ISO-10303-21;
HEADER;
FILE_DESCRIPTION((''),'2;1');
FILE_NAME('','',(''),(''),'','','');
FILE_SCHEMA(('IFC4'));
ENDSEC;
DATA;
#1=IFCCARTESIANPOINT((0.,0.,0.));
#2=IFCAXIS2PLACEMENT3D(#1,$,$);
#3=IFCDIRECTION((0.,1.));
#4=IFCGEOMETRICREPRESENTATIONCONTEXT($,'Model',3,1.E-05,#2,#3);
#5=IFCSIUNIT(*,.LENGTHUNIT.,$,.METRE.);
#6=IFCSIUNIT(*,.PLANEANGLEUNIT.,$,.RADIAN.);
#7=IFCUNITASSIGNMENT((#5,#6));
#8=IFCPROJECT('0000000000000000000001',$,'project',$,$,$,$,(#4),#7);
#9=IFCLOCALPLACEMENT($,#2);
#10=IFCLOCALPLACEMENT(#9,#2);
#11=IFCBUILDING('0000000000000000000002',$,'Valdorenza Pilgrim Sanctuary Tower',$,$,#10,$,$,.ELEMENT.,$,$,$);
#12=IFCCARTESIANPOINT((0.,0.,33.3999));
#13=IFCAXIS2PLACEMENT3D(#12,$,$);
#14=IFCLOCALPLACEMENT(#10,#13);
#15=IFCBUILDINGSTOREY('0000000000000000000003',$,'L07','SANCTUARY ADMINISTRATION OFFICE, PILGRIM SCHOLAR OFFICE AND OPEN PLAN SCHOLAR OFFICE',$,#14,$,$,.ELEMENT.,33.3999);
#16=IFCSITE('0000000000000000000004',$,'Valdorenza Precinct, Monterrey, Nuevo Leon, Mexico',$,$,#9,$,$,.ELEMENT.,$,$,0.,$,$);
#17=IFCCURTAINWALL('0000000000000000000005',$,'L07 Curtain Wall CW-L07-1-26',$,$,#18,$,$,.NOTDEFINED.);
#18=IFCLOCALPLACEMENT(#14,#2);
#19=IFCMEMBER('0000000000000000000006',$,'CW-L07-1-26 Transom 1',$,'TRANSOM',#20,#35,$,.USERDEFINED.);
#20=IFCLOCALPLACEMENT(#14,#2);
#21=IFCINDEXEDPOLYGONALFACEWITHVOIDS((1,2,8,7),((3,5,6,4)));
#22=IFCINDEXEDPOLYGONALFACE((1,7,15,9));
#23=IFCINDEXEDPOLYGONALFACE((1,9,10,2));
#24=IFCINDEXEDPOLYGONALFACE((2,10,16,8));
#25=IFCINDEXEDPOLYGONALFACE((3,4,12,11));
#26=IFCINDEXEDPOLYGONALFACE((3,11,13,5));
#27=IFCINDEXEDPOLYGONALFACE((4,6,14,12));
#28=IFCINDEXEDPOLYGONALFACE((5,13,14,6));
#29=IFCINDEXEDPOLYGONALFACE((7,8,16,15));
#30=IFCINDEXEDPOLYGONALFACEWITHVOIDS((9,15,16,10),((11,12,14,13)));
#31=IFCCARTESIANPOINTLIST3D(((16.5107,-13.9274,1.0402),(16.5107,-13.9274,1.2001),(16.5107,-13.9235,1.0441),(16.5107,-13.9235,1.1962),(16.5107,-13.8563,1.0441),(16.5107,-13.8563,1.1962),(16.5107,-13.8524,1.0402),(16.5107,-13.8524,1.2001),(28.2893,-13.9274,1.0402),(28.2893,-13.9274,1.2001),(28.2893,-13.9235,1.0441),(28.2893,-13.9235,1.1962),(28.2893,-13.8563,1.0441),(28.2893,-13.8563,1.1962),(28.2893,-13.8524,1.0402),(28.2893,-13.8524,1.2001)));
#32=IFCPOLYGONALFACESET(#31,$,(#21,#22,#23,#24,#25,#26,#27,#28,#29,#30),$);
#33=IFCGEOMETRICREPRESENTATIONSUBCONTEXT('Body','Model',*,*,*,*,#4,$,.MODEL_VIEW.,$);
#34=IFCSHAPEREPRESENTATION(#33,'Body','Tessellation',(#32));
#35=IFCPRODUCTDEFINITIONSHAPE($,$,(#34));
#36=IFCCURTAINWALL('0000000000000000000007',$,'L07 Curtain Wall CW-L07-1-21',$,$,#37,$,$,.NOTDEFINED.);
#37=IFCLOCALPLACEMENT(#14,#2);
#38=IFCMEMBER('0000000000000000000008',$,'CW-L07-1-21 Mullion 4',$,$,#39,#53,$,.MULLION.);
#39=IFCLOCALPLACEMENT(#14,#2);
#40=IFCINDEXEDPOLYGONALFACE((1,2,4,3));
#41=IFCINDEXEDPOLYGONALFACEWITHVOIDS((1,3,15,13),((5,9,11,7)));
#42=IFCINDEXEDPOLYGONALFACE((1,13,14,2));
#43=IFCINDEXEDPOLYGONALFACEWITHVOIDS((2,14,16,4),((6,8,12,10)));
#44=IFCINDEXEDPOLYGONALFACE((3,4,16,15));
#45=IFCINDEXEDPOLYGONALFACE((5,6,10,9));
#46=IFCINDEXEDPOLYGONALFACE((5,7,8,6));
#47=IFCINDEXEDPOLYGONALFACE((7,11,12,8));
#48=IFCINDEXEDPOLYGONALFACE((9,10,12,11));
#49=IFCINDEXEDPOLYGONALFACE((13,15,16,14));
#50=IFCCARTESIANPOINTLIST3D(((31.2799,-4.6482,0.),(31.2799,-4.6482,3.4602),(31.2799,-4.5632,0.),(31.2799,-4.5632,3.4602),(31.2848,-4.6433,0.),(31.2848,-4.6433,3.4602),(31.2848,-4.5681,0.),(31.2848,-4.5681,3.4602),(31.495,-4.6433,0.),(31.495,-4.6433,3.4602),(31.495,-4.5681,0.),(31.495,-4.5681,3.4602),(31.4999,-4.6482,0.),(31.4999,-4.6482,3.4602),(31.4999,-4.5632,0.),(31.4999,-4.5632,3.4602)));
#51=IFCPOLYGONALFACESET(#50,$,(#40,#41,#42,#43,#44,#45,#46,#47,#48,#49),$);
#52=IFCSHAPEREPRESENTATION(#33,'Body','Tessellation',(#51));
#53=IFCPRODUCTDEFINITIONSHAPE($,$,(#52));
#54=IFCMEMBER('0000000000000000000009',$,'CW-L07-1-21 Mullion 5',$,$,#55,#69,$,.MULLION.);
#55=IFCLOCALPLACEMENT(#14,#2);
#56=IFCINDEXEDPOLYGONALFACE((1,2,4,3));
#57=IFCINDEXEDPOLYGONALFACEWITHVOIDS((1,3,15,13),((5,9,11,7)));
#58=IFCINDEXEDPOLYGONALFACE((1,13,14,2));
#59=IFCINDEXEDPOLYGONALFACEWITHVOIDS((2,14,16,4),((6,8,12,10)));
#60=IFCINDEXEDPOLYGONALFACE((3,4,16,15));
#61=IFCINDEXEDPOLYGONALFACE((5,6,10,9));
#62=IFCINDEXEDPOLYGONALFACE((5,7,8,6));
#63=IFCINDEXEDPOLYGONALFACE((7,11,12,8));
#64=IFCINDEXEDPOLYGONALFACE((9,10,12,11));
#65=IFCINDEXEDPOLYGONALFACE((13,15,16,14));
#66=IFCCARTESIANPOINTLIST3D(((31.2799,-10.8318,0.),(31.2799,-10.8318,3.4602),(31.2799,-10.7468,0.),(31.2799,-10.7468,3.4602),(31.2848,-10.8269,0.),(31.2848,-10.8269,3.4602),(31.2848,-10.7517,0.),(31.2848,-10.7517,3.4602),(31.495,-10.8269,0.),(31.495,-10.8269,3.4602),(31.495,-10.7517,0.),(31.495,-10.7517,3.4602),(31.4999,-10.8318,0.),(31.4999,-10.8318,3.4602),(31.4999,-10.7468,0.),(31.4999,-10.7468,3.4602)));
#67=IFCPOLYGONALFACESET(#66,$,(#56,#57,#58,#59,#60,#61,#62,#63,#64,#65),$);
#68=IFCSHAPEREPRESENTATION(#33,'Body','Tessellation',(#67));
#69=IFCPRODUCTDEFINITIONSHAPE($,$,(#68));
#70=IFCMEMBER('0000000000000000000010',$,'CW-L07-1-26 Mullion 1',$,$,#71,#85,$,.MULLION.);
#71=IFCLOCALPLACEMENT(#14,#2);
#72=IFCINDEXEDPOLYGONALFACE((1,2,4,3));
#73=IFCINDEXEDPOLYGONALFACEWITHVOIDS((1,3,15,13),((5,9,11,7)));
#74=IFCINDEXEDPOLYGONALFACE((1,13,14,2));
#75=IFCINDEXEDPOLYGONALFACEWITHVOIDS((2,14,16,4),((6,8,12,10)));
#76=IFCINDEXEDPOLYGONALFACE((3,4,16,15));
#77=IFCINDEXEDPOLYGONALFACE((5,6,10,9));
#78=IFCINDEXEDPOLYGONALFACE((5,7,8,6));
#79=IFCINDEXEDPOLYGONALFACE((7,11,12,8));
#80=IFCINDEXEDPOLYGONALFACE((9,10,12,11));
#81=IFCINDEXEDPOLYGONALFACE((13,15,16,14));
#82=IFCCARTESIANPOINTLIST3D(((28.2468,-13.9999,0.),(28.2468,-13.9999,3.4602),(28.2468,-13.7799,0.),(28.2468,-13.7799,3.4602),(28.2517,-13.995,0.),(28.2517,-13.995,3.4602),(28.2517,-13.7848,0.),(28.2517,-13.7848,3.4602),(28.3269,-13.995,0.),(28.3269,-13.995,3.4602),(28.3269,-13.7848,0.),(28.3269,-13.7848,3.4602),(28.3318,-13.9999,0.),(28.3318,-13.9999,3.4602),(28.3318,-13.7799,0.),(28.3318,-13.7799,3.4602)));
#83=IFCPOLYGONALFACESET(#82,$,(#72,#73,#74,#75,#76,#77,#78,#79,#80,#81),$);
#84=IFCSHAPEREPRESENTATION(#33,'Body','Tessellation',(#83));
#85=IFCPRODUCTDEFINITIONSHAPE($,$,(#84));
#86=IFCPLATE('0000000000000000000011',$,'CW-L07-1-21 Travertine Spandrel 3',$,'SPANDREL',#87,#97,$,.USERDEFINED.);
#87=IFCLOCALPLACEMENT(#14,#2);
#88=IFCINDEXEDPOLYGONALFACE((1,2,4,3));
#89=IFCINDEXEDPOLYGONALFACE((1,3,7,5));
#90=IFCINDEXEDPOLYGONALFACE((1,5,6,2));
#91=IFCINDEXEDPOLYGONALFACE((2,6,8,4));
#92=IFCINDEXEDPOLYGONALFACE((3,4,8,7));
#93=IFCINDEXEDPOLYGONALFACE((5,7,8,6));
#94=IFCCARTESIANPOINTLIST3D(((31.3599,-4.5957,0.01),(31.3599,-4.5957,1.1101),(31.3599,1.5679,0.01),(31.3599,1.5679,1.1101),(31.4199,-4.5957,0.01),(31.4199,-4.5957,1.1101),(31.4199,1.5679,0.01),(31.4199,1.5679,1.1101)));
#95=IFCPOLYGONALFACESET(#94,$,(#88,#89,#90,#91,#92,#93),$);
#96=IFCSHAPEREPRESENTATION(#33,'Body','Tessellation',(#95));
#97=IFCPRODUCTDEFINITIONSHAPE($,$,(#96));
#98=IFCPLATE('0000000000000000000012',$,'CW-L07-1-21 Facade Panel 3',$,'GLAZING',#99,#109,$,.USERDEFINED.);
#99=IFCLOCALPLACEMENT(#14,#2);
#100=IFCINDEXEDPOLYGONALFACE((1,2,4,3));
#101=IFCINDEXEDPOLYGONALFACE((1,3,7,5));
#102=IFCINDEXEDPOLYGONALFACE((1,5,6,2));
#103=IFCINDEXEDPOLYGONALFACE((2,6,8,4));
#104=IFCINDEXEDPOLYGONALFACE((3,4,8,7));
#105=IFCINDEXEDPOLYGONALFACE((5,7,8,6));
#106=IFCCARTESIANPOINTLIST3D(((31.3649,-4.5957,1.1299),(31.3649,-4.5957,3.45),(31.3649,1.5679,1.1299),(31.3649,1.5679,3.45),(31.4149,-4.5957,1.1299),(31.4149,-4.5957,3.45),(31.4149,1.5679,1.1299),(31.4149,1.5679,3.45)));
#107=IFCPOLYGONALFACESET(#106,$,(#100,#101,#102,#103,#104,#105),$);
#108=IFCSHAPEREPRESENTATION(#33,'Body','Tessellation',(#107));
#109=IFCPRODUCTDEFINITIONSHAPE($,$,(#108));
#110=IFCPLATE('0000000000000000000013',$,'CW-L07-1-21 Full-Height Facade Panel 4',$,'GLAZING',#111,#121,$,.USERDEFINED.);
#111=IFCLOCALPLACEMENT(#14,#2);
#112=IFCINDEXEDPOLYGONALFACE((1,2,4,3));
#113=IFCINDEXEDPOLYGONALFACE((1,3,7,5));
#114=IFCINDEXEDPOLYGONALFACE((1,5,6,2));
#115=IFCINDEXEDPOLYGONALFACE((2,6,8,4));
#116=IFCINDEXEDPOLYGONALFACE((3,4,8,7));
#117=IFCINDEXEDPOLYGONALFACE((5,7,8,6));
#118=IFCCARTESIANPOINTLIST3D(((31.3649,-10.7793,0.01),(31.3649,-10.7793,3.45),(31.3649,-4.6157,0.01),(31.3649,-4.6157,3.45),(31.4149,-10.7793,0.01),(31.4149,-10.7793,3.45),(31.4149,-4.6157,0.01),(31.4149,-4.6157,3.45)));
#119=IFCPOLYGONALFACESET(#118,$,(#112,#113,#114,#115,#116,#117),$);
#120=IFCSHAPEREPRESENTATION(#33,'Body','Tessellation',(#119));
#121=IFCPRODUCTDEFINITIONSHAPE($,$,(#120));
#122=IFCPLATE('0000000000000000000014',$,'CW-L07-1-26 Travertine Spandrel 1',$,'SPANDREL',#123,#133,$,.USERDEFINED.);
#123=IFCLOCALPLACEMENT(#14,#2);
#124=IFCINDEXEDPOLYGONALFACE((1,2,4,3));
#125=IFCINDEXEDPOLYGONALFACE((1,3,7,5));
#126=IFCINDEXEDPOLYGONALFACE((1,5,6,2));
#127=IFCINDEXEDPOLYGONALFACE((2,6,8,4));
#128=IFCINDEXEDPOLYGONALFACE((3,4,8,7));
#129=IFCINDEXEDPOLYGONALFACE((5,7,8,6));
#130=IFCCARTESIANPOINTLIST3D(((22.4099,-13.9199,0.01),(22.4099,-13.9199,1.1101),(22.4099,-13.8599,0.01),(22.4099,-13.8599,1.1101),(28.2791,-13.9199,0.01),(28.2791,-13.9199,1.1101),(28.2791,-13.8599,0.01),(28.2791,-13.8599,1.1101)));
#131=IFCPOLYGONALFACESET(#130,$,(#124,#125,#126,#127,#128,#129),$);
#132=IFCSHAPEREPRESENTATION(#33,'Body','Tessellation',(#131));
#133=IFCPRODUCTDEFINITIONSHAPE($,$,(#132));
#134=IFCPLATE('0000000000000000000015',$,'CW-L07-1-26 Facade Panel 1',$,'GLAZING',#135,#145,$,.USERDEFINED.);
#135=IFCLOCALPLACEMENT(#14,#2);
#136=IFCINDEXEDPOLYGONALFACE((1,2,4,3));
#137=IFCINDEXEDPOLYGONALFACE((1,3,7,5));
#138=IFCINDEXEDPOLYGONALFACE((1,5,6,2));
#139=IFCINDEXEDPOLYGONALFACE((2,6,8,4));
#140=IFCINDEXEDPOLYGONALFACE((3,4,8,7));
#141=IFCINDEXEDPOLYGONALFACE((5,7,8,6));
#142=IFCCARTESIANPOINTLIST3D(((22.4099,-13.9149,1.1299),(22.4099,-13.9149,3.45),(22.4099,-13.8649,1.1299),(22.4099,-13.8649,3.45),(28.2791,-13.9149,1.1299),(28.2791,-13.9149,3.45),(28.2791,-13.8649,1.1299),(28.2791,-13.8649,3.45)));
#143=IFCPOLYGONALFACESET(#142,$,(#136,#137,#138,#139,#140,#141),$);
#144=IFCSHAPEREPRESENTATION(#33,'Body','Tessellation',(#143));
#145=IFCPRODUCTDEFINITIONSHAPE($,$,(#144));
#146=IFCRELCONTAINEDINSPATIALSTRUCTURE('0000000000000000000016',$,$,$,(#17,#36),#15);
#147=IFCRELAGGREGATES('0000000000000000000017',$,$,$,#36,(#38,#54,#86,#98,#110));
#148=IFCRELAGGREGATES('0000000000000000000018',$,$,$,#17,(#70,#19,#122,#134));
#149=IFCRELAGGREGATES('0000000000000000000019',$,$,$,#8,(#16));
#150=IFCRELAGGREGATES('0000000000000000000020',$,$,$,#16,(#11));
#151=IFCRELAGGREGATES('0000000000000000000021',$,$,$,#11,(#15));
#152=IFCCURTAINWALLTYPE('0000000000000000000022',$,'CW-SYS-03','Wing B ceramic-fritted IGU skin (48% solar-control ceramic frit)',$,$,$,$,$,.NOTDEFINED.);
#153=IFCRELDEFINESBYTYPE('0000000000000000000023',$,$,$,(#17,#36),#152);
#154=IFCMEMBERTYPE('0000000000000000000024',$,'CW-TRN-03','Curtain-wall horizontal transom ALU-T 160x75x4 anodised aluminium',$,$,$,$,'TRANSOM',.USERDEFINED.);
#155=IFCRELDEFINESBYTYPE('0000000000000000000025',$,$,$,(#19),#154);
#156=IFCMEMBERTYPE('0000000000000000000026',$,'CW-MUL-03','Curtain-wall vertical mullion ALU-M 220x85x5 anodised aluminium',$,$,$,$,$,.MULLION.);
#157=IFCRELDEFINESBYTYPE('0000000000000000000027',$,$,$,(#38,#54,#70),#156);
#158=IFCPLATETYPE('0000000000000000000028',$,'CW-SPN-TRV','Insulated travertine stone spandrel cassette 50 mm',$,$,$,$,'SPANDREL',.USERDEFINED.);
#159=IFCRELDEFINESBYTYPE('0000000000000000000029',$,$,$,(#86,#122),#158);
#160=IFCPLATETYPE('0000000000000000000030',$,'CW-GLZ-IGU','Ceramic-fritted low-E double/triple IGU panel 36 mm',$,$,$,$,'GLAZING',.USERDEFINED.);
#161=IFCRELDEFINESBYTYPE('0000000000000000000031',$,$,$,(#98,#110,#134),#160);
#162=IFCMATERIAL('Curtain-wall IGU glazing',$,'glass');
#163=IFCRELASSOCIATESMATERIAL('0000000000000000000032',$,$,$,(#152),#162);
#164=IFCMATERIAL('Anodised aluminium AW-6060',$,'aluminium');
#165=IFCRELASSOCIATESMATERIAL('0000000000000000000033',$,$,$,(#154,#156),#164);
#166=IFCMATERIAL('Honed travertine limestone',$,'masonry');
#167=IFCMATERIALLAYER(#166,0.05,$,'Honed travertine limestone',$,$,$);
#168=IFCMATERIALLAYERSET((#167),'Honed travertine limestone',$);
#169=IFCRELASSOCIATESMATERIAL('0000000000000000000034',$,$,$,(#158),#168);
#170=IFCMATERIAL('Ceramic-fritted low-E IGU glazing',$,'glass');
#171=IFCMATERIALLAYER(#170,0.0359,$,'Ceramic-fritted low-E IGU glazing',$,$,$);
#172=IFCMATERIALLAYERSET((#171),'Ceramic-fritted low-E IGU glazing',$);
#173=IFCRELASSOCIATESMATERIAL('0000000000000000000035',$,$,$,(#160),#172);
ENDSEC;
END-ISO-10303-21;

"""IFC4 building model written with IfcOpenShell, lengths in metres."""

from ifc_helpers import new_model, si_unit, direction, frame, origin, origin_2d, place, context, subcontext, project, spatial, rectangle, hollow_rectangle, extrude, source, transform, mapped, material, layer, layer_set, material_profile, profile_set, type_object, element, aggregate, save


model = new_model("IFC4")

# Units and contexts
model_context = context("Model", 3, precision=1e-05, world=origin(), true_north=direction((0.0, 1.0)))
body_context = subcontext(model_context, "Body", "Model", "MODEL_VIEW")
ifc_project = project(units=[si_unit("LENGTHUNIT", "METRE"), si_unit("PLANEANGLEUNIT", "RADIAN")], contexts=[model_context])

# Site, building, storey
site_placement = place(None, origin())
site = spatial("IfcSite", under=ifc_project, at=site_placement, Name="Valdorenza Precinct, Monterrey, Nuevo Leon, Mexico", CompositionType="ELEMENT", RefElevation=0.0)
building_placement = place(site_placement, origin())
building = spatial("IfcBuilding", under=site, at=building_placement, Name="Valdorenza Pilgrim Sanctuary Tower", CompositionType="ELEMENT")
storey_placement = place(building_placement, frame((0.0, 0.0, 33.3999)))
storey = spatial("IfcBuildingStorey", under=building, at=storey_placement, Name="L07", Description="SANCTUARY ADMINISTRATION OFFICE, PILGRIM SCHOLAR OFFICE AND OPEN PLAN SCHOLAR OFFICE", CompositionType="ELEMENT", Elevation=33.3999)

# Curtain wall, member
ifc_material_1 = material(Name="Curtain-wall IGU glazing", Category="glass")
curtain_wall_type = type_object("IfcCurtainWallType", Name="CW-SYS-03", Description="Wing B ceramic-fritted IGU skin (48% solar-control ceramic frit)", PredefinedType="NOTDEFINED", material=ifc_material_1)
curtain_wall_1_placement = place(storey_placement, origin())
curtain_wall_1 = element("IfcCurtainWall", 1, at=curtain_wall_1_placement, inside=storey, type_object=curtain_wall_type, Name="L07 Curtain Wall CW-L07-1-26", PredefinedType="NOTDEFINED")
ifc_material_2 = material(Name="Anodised aluminium AW-6060", Category="aluminium")
ifc_material_profile_1 = material_profile(ifc_material_2, hollow_rectangle(XDim=0.075, YDim=0.1599, WallThickness=0.0039, at=origin_2d()), Name="ALU-T 160x75x4")
ifc_profile_set_1 = profile_set([ifc_material_profile_1], Name="Anodised aluminium AW-6060")
member_type_1 = type_object("IfcMemberType", Name="CW-TRN-03", Description="Curtain-wall horizontal transom ALU-T 160x75x4 anodised aluminium", ElementType="TRANSOM", PredefinedType="USERDEFINED", material=ifc_profile_set_1)
shared_shape_1 = source(origin(), body_context, "Body", "SweptSolid", [
    extrude(hollow_rectangle(XDim=0.075, YDim=0.1599, WallThickness=0.0039, at=origin_2d()), origin(), (0.0, 0.0, 1.0), 11.7786),
])
member_1_placement = place(storey_placement, frame((28.2893, -13.8899, 1.1201), z_axis=(-1.0, 0.0, 0.0), x_axis=(0.0, -1.0, 0.0)))
member_1 = element("IfcMember", 2, at=member_1_placement, type_object=member_type_1, Name="CW-L07-1-26 Transom 1", ObjectType="TRANSOM", PredefinedType="USERDEFINED", context=body_context, shape_type="MappedRepresentation", body=[
    mapped(shared_shape_1, transform((0.0, 0.0, 0.0), x_axis=(1.0, 0.0, 0.0), y_axis=(0.0, 1.0, 0.0), z_axis=(0.0, 0.0, 1.0), scale=1.0)),
])

# Curtain wall, members
curtain_wall_2_placement = place(storey_placement, origin())
curtain_wall_2 = element("IfcCurtainWall", 3, at=curtain_wall_2_placement, inside=storey, type_object=curtain_wall_type, Name="L07 Curtain Wall CW-L07-1-21", PredefinedType="NOTDEFINED")
ifc_material_profile_2 = material_profile(ifc_material_2, hollow_rectangle(XDim=0.085, YDim=0.22, WallThickness=0.0049, at=origin_2d()), Name="ALU-M 220x85x5")
ifc_profile_set_2 = profile_set([ifc_material_profile_2], Name="Anodised aluminium AW-6060")
member_type_2 = type_object("IfcMemberType", Name="CW-MUL-03", Description="Curtain-wall vertical mullion ALU-M 220x85x5 anodised aluminium", PredefinedType="MULLION", material=ifc_profile_set_2)
shared_shape_2 = source(origin(), body_context, "Body", "SweptSolid", [
    extrude(hollow_rectangle(XDim=0.085, YDim=0.22, WallThickness=0.0049, at=origin_2d()), origin(), (0.0, 0.0, 1.0), 3.4602),
])
member_2_placement = place(storey_placement, frame((31.3899, -4.6057, 0.0), z_axis=(0.0, 0.0, 1.0), x_axis=(0.0, -1.0, 0.0)))
member_2 = element("IfcMember", 4, at=member_2_placement, type_object=member_type_2, Name="CW-L07-1-21 Mullion 4", PredefinedType="MULLION", context=body_context, shape_type="MappedRepresentation", body=[
    mapped(shared_shape_2, transform((0.0, 0.0, 0.0), x_axis=(1.0, 0.0, 0.0), y_axis=(0.0, 1.0, 0.0), z_axis=(0.0, 0.0, 1.0), scale=1.0)),
])
member_3_placement = place(storey_placement, frame((31.3899, -10.7893, 0.0), z_axis=(0.0, 0.0, 1.0), x_axis=(0.0, -1.0, 0.0)))
member_3 = element("IfcMember", 5, at=member_3_placement, type_object=member_type_2, Name="CW-L07-1-21 Mullion 5", PredefinedType="MULLION", context=body_context, shape_type="MappedRepresentation", body=[
    mapped(shared_shape_2, transform((0.0, 0.0, 0.0), x_axis=(1.0, 0.0, 0.0), y_axis=(0.0, 1.0, 0.0), z_axis=(0.0, 0.0, 1.0), scale=1.0)),
])

# Member
member_4_placement = place(storey_placement, frame((28.2893, -13.8899, 0.0), z_axis=(0.0, 0.0, 1.0), x_axis=(-1.0, 0.0, 0.0)))
member_4 = element("IfcMember", 6, at=member_4_placement, type_object=member_type_2, Name="CW-L07-1-26 Mullion 1", PredefinedType="MULLION", context=body_context, shape_type="MappedRepresentation", body=[
    mapped(shared_shape_2, transform((0.0, 0.0, 0.0), x_axis=(1.0, 0.0, 0.0), y_axis=(0.0, 1.0, 0.0), z_axis=(0.0, 0.0, 1.0), scale=1.0)),
])

# Plates
ifc_material_3 = material(Name="Honed travertine limestone", Category="masonry")
ifc_layer_1 = layer(ifc_material_3, 0.05, Name="Honed travertine limestone")
ifc_layer_set_1 = layer_set([ifc_layer_1], Name="Honed travertine limestone")
plate_type_1 = type_object("IfcPlateType", Name="CW-SPN-TRV", Description="Insulated travertine stone spandrel cassette 50 mm", ElementType="SPANDREL", PredefinedType="USERDEFINED", material=ifc_layer_set_1)
shared_shape_3 = source(origin(), body_context, "Body", "SweptSolid", [
    extrude(rectangle(XDim=6.1636, YDim=0.0601, at=origin_2d()), origin(), (0.0, 0.0, 1.0), 1.1001),
])
plate_1_placement = place(storey_placement, frame((31.3899, -1.5139, 0.01), z_axis=(0.0, 0.0, 1.0), x_axis=(0.0, -1.0, 0.0)))
plate_1 = element("IfcPlate", 7, at=plate_1_placement, type_object=plate_type_1, Name="CW-L07-1-21 Travertine Spandrel 3", ObjectType="SPANDREL", PredefinedType="USERDEFINED", context=body_context, shape_type="MappedRepresentation", body=[
    mapped(shared_shape_3, transform((0.0, 0.0, 0.0), x_axis=(1.0, 0.0, 0.0), y_axis=(0.0, 1.0, 0.0), z_axis=(0.0, 0.0, 1.0), scale=1.0)),
])
ifc_material_4 = material(Name="Ceramic-fritted low-E IGU glazing", Category="glass")
ifc_layer_2 = layer(ifc_material_4, 0.0359, Name="Ceramic-fritted low-E IGU glazing")
ifc_layer_set_2 = layer_set([ifc_layer_2], Name="Ceramic-fritted low-E IGU glazing")
plate_type_2 = type_object("IfcPlateType", Name="CW-GLZ-IGU", Description="Ceramic-fritted low-E double/triple IGU panel 36 mm", ElementType="GLAZING", PredefinedType="USERDEFINED", material=ifc_layer_set_2)
shared_shape_4 = source(origin(), body_context, "Body", "SweptSolid", [
    extrude(rectangle(XDim=6.1636, YDim=0.05, at=origin_2d()), origin(), (0.0, 0.0, 1.0), 2.3201),
])
plate_2_placement = place(storey_placement, frame((31.3899, -1.5139, 1.1299), z_axis=(0.0, 0.0, 1.0), x_axis=(0.0, -1.0, 0.0)))
plate_2 = element("IfcPlate", 8, at=plate_2_placement, type_object=plate_type_2, Name="CW-L07-1-21 Facade Panel 3", ObjectType="GLAZING", PredefinedType="USERDEFINED", context=body_context, shape_type="MappedRepresentation", body=[
    mapped(shared_shape_4, transform((0.0, 0.0, 0.0), x_axis=(1.0, 0.0, 0.0), y_axis=(0.0, 1.0, 0.0), z_axis=(0.0, 0.0, 1.0), scale=1.0)),
])
shared_shape_5 = source(origin(), body_context, "Body", "SweptSolid", [
    extrude(rectangle(XDim=6.1636, YDim=0.05, at=origin_2d()), origin(), (0.0, 0.0, 1.0), 3.4399),
])
plate_3_placement = place(storey_placement, frame((31.3899, -7.6975, 0.01), z_axis=(0.0, 0.0, 1.0), x_axis=(0.0, -1.0, 0.0)))
plate_3 = element("IfcPlate", 9, at=plate_3_placement, type_object=plate_type_2, Name="CW-L07-1-21 Full-Height Facade Panel 4", ObjectType="GLAZING", PredefinedType="USERDEFINED", context=body_context, shape_type="MappedRepresentation", body=[
    mapped(shared_shape_5, transform((0.0, 0.0, 0.0), x_axis=(1.0, 0.0, 0.0), y_axis=(0.0, 1.0, 0.0), z_axis=(0.0, 0.0, 1.0), scale=1.0)),
])
aggregate(curtain_wall_2, [member_2, member_3, plate_1, plate_2, plate_3])
shared_shape_6 = source(origin(), body_context, "Body", "SweptSolid", [
    extrude(rectangle(XDim=5.8691, YDim=0.0601, at=origin_2d()), origin(), (0.0, 0.0, 1.0), 1.1001),
])
plate_4_placement = place(storey_placement, frame((25.3445, -13.8899, 0.01), z_axis=(0.0, 0.0, 1.0), x_axis=(-1.0, 0.0, 0.0)))
plate_4 = element("IfcPlate", 10, at=plate_4_placement, type_object=plate_type_1, Name="CW-L07-1-26 Travertine Spandrel 1", ObjectType="SPANDREL", PredefinedType="USERDEFINED", context=body_context, shape_type="MappedRepresentation", body=[
    mapped(shared_shape_6, transform((0.0, 0.0, 0.0), x_axis=(1.0, 0.0, 0.0), y_axis=(0.0, 1.0, 0.0), z_axis=(0.0, 0.0, 1.0), scale=1.0)),
])
shared_shape_7 = source(origin(), body_context, "Body", "SweptSolid", [
    extrude(rectangle(XDim=5.8691, YDim=0.05, at=origin_2d()), origin(), (0.0, 0.0, 1.0), 2.3201),
])
plate_5_placement = place(storey_placement, frame((25.3445, -13.8899, 1.1299), z_axis=(0.0, 0.0, 1.0), x_axis=(-1.0, 0.0, 0.0)))
plate_5 = element("IfcPlate", 11, at=plate_5_placement, type_object=plate_type_2, Name="CW-L07-1-26 Facade Panel 1", ObjectType="GLAZING", PredefinedType="USERDEFINED", context=body_context, shape_type="MappedRepresentation", body=[
    mapped(shared_shape_7, transform((0.0, 0.0, 0.0), x_axis=(1.0, 0.0, 0.0), y_axis=(0.0, 1.0, 0.0), z_axis=(0.0, 0.0, 1.0), scale=1.0)),
])
aggregate(curtain_wall_1, [member_4, member_1, plate_4, plate_5])

save(model, "model.ifc")
